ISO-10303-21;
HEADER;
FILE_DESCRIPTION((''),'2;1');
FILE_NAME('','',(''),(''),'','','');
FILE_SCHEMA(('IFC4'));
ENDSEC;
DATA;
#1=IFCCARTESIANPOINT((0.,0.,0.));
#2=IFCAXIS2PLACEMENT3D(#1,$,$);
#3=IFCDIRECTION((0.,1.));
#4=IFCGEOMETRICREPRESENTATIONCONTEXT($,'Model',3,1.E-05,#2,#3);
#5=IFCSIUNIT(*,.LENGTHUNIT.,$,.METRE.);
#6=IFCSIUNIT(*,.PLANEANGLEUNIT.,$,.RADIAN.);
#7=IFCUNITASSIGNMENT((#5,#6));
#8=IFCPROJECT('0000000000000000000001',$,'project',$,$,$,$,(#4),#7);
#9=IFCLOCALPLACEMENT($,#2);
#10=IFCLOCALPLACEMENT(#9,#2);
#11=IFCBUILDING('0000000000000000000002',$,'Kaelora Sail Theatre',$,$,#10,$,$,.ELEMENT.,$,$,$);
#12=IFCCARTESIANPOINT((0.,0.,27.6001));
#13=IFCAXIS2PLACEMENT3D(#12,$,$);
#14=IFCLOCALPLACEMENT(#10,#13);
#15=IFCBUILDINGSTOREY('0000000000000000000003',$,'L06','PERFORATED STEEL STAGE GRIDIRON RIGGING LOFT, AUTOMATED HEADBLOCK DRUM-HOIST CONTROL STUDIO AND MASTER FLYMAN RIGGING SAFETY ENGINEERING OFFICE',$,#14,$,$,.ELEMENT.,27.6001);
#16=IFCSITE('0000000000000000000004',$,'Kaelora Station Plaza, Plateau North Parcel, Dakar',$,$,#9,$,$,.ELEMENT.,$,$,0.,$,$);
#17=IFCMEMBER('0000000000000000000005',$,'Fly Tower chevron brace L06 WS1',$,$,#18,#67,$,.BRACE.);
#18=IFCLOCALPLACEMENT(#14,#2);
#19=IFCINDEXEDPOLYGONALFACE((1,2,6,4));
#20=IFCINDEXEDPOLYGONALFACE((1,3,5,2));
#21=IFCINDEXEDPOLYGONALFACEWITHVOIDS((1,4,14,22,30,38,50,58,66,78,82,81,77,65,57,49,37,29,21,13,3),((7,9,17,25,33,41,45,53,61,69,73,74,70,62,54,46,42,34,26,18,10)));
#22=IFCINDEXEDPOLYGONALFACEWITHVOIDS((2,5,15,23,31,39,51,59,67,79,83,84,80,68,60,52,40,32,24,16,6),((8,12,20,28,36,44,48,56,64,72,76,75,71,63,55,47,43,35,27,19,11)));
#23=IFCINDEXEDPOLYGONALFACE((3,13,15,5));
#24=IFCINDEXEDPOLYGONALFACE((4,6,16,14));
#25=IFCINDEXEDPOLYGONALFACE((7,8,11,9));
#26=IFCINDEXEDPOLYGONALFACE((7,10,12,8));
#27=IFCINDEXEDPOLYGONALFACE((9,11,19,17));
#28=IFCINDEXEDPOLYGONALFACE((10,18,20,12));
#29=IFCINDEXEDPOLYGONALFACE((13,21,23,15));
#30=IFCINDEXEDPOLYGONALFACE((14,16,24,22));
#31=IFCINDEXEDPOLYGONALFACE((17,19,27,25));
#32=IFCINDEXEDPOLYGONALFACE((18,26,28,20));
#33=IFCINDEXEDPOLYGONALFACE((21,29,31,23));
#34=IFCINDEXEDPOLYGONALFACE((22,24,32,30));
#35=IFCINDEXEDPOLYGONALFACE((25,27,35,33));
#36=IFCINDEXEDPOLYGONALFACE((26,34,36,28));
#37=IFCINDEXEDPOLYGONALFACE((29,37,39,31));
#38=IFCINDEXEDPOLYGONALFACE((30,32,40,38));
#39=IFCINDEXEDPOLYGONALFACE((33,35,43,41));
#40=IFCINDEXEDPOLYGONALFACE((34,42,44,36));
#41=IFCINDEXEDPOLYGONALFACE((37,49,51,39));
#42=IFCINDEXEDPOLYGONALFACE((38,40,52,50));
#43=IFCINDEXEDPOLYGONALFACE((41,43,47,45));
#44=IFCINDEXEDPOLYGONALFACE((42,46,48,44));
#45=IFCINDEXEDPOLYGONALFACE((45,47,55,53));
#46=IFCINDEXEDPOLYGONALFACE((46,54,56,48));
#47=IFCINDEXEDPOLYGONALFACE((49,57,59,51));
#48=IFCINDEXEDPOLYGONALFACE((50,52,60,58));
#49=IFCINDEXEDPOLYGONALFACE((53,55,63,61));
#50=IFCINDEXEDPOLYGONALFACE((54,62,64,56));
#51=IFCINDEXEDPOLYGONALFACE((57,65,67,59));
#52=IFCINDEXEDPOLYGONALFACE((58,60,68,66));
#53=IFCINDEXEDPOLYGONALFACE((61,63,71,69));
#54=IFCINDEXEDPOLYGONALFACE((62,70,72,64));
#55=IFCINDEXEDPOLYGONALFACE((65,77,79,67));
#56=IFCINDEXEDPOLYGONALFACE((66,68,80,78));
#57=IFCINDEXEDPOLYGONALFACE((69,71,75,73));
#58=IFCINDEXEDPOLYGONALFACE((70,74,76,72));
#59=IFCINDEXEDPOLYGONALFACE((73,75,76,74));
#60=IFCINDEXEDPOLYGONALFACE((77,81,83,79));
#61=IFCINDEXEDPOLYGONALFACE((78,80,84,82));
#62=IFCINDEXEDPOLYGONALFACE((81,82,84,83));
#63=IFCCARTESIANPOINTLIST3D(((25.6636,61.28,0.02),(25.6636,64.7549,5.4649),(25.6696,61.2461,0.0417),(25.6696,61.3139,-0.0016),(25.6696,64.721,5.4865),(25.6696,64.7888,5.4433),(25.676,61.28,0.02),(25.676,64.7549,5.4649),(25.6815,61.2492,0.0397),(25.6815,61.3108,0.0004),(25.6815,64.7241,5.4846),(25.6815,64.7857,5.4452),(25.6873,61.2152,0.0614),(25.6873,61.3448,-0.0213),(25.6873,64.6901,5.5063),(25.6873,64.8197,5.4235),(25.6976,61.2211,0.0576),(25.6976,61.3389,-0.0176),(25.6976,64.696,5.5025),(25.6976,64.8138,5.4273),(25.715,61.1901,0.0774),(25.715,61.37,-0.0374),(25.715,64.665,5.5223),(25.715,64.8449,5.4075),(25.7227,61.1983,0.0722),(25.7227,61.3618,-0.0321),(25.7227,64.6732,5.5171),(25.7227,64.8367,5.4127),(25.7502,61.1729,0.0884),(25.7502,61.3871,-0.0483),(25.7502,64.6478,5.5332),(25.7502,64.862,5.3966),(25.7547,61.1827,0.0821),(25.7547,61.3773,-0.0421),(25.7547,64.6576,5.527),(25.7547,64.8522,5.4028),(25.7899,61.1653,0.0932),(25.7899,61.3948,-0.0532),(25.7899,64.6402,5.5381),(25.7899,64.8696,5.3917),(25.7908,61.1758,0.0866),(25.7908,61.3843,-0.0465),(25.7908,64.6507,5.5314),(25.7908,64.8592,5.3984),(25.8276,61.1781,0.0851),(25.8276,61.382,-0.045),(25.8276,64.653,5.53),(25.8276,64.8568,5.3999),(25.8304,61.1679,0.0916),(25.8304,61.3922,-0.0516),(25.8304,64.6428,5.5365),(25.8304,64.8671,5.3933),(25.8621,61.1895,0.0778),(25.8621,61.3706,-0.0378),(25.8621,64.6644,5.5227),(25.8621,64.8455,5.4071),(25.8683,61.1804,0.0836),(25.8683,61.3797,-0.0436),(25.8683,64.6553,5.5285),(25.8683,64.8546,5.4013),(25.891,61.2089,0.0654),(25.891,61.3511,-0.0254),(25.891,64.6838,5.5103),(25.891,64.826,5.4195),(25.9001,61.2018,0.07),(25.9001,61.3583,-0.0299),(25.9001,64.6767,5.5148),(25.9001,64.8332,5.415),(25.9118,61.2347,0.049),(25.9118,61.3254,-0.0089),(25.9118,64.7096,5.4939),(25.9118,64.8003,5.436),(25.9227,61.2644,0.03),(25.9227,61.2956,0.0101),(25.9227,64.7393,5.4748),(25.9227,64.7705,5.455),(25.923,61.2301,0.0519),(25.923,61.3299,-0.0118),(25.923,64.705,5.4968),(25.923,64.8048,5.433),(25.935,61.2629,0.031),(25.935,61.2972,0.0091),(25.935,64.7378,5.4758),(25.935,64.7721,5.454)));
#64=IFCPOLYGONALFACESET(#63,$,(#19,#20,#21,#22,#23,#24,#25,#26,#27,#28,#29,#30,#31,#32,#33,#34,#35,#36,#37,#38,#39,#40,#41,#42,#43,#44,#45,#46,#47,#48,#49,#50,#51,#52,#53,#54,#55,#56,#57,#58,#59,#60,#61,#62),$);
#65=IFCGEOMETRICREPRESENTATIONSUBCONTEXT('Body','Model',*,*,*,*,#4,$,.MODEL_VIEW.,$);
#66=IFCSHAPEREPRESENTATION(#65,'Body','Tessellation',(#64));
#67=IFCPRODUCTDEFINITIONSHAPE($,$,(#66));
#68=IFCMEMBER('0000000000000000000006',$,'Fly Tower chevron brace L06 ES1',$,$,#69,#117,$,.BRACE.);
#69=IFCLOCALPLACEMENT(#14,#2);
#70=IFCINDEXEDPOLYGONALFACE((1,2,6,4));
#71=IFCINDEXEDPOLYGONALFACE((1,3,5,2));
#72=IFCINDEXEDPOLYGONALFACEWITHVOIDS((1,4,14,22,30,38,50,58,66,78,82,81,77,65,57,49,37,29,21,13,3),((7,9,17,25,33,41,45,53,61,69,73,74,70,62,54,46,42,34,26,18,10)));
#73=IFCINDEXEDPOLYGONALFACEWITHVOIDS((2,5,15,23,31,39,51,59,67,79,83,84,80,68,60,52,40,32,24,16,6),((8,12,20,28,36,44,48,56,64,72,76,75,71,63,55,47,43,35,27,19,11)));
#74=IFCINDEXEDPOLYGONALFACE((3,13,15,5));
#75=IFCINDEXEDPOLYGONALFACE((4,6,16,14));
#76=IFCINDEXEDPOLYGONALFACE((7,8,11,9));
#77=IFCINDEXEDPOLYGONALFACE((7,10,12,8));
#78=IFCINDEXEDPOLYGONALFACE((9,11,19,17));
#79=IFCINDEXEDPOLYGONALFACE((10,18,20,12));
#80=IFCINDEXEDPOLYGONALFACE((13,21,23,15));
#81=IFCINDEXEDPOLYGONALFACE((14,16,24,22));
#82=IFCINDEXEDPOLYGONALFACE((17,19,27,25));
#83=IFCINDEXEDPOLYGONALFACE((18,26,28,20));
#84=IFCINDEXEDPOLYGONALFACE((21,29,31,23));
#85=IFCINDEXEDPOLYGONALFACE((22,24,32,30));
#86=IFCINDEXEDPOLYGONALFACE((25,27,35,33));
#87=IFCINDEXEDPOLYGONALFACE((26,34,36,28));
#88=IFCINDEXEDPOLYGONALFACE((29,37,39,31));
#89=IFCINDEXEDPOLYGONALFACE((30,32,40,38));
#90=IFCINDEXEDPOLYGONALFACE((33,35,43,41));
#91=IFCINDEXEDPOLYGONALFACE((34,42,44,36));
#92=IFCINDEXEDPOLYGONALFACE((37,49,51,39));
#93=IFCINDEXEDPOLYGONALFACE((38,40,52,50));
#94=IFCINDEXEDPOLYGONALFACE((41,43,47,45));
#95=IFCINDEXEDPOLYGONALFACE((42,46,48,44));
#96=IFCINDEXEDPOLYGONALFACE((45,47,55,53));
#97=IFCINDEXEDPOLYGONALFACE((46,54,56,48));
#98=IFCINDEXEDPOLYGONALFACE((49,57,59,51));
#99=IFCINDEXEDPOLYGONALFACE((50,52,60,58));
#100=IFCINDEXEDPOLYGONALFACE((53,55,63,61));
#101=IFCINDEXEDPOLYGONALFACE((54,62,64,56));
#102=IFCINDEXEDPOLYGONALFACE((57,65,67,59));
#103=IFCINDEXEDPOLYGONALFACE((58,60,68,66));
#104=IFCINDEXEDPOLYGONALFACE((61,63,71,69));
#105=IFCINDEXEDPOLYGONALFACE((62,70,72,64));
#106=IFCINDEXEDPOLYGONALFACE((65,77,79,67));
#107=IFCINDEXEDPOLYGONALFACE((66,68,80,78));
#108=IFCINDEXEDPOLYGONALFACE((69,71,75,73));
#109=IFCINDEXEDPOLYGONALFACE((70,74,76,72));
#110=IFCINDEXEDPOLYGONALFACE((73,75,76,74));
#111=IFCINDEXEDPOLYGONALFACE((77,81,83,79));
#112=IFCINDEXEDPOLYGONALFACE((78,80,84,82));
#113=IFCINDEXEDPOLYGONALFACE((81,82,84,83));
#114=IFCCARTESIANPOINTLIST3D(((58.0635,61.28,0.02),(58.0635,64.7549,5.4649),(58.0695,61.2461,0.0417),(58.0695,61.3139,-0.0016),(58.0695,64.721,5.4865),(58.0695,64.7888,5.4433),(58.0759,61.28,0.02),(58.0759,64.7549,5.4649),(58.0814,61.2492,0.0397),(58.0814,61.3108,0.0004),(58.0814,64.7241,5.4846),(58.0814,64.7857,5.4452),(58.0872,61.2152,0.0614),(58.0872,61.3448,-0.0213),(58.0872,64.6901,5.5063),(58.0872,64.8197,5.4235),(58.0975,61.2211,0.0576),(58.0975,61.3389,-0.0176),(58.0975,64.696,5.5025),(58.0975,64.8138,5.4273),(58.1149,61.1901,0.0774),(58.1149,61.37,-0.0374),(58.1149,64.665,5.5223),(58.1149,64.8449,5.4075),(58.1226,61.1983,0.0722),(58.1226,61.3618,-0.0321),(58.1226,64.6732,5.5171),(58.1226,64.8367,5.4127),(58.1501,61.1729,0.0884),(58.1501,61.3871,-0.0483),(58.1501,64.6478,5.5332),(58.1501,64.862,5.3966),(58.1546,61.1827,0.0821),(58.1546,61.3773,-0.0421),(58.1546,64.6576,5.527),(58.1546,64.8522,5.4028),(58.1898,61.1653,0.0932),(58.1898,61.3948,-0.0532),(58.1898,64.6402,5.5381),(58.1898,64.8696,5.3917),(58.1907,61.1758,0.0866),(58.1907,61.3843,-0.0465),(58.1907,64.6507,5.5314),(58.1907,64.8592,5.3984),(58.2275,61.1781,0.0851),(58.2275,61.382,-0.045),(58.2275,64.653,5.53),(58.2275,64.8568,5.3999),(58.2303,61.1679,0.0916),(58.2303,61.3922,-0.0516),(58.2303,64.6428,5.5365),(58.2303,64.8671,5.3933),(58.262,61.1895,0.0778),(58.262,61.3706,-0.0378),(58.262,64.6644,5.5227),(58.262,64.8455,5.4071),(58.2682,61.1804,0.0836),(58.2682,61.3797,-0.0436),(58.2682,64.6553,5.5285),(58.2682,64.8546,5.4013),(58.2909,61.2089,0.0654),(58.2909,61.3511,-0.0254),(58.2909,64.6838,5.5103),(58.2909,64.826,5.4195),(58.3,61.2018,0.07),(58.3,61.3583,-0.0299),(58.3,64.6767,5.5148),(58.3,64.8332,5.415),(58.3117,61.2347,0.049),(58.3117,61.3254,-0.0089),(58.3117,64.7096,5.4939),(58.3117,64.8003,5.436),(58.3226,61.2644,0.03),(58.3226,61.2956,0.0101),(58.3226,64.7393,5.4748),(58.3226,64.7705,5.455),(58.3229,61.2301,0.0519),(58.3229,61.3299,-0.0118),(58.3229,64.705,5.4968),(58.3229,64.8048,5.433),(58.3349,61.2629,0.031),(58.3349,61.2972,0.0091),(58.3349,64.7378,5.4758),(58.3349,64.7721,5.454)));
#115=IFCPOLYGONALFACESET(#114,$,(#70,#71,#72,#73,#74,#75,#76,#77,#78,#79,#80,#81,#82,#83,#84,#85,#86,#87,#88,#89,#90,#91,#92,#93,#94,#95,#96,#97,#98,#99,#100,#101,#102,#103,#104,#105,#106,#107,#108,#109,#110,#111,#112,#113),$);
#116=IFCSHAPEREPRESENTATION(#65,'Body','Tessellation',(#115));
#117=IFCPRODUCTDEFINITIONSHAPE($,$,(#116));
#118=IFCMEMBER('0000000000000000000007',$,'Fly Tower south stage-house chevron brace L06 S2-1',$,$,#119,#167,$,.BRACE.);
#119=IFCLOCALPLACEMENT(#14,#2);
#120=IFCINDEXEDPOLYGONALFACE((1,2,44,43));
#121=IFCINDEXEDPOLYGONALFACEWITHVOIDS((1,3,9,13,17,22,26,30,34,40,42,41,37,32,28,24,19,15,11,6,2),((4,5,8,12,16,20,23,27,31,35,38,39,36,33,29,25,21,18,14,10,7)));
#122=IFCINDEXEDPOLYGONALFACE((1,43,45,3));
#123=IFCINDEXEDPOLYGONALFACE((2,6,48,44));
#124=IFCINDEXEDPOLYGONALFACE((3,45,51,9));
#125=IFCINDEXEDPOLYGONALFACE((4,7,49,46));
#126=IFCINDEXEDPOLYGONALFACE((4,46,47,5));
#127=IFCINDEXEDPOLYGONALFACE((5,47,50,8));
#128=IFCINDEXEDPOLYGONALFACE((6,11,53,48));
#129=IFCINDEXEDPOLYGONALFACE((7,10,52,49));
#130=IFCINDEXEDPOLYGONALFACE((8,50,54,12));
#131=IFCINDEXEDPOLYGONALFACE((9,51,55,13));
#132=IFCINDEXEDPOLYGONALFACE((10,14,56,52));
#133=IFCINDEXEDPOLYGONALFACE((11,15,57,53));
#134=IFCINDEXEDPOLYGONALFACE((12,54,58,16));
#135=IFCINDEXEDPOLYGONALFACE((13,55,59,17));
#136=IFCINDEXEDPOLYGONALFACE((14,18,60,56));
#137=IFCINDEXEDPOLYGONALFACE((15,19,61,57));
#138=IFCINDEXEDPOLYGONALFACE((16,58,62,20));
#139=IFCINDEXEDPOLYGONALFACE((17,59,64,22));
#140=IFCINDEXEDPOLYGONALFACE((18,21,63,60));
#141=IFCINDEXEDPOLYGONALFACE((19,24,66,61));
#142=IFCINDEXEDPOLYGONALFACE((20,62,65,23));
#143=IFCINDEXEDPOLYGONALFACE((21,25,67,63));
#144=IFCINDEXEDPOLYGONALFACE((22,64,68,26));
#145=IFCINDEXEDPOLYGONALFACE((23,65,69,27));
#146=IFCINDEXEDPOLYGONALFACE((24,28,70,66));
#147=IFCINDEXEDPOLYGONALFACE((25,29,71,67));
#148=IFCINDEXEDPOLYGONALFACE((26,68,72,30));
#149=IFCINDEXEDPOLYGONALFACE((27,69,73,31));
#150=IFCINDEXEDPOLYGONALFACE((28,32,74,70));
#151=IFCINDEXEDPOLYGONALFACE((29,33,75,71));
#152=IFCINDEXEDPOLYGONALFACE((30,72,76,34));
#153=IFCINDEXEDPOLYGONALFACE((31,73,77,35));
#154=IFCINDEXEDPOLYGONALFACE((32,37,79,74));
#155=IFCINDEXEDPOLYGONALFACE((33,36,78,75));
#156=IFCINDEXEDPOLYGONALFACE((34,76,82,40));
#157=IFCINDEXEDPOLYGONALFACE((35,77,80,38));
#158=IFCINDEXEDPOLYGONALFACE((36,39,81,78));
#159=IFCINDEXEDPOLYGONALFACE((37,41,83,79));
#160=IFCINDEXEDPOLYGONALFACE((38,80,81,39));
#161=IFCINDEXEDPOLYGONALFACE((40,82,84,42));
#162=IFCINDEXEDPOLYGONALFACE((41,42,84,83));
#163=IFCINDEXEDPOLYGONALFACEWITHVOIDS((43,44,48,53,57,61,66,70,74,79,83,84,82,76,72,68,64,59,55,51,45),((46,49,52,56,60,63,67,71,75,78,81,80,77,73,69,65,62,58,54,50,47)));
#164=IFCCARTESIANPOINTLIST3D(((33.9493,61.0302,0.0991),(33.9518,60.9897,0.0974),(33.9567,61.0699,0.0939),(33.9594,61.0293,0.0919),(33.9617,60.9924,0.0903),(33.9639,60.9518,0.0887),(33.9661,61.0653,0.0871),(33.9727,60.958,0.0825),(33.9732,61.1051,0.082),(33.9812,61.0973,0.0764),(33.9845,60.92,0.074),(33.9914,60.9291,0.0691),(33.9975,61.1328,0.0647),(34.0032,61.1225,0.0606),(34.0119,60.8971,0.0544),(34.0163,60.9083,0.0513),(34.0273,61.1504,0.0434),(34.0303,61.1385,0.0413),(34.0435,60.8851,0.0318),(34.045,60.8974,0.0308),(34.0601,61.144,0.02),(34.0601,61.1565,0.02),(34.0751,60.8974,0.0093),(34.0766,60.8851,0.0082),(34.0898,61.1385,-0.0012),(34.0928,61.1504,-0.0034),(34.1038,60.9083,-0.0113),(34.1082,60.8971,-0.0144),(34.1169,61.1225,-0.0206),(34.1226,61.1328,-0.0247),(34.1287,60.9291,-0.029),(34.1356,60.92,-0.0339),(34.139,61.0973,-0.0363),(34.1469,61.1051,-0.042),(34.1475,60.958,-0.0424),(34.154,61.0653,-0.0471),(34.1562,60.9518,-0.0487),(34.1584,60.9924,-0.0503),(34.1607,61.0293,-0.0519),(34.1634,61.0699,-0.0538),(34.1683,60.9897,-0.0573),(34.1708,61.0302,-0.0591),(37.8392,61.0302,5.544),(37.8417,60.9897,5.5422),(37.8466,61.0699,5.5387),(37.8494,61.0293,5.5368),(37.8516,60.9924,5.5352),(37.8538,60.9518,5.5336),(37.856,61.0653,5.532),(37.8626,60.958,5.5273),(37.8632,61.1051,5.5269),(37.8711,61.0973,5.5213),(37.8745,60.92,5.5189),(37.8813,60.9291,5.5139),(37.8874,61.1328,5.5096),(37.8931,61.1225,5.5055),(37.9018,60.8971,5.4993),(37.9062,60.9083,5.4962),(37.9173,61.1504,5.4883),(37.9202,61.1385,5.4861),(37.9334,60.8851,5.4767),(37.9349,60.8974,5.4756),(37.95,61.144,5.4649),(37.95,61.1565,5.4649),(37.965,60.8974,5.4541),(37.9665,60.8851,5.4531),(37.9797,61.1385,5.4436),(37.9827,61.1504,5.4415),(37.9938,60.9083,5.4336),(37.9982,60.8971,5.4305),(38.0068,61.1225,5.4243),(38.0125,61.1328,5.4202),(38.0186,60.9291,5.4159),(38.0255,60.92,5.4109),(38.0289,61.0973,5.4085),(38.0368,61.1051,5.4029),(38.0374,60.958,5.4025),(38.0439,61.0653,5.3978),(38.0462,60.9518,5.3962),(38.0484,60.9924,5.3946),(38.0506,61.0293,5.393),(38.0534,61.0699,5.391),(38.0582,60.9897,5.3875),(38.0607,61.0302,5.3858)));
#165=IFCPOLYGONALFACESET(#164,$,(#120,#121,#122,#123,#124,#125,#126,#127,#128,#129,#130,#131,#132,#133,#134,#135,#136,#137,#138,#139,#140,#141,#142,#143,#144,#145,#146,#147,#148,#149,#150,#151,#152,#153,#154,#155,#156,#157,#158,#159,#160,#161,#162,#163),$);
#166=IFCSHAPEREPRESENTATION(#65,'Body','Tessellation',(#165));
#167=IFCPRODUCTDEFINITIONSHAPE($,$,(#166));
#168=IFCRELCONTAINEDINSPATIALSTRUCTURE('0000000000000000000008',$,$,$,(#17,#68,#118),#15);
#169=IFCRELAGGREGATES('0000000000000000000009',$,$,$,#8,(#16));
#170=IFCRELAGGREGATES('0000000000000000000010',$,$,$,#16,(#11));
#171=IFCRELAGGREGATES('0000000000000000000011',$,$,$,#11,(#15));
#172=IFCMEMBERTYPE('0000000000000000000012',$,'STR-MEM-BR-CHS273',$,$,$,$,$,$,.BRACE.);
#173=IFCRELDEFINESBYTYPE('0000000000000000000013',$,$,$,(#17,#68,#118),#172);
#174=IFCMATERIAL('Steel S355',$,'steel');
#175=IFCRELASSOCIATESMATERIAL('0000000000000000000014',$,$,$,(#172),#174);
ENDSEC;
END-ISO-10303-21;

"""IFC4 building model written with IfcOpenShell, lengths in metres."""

from ifc_helpers import new_model, si_unit, direction, frame, origin, origin_2d, place, context, subcontext, project, spatial, hollow_circle, extrude, material, material_profile, profile_set, type_object, element, save


model = new_model("IFC4")

# Units and contexts
model_context = context("Model", 3, precision=1e-05, world=origin(), true_north=direction((0.0, 1.0)))
body_context = subcontext(model_context, "Body", "Model", "MODEL_VIEW")
ifc_project = project(units=[si_unit("LENGTHUNIT", "METRE"), si_unit("PLANEANGLEUNIT", "RADIAN")], contexts=[model_context])

# Site, building, storey
site_placement = place(None, origin())
site = spatial("IfcSite", under=ifc_project, at=site_placement, Name="Kaelora Station Plaza, Plateau North Parcel, Dakar", CompositionType="ELEMENT", RefElevation=0.0)
building_placement = place(site_placement, origin())
building = spatial("IfcBuilding", under=site, at=building_placement, Name="Kaelora Sail Theatre", CompositionType="ELEMENT")
storey_placement = place(building_placement, frame((0.0, 0.0, 27.6001)))
storey = spatial("IfcBuildingStorey", under=building, at=storey_placement, Name="L06", Description="PERFORATED STEEL STAGE GRIDIRON RIGGING LOFT, AUTOMATED HEADBLOCK DRUM-HOIST CONTROL STUDIO AND MASTER FLYMAN RIGGING SAFETY ENGINEERING OFFICE", CompositionType="ELEMENT", Elevation=27.6001)

# Members
ifc_material_1 = material(Name="Steel S355", Category="steel")
ifc_material_profile_1 = material_profile(ifc_material_1, hollow_circle(Radius=0.1365, WallThickness=0.0125, at=origin_2d()), Name="CHS 273.0x12.5")
ifc_profile_set_1 = profile_set([ifc_material_profile_1], Name="Steel S355")
member_type = type_object("IfcMemberType", Name="STR-MEM-BR-CHS273", PredefinedType="BRACE", material=ifc_profile_set_1)
for number, where, z_axis, x_axis, name in (
    (1, (25.8, 61.28, 0.02), (0.0, 0.537973, 0.842962), (-1.0, 0.0, 0.0), "Fly Tower chevron brace L06 WS1"),
    (2, (58.2, 61.28, 0.02), (0.0, 0.537973, 0.842962), (-1.0, 0.0, 0.0), "Fly Tower chevron brace L06 ES1"),
):
    element("IfcMember", number, at=place(storey_placement, frame(where, z_axis=z_axis, x_axis=x_axis)), inside=storey, type_object=member_type, Name=name, PredefinedType="BRACE", context=body_context, shape_type="SweptSolid", body=[
        extrude(hollow_circle(Radius=0.1365, WallThickness=0.0125, at=origin_2d()), origin(), (0.0, 0.0, 1.0), 6.4592),
    ])
for number, where, z_axis, x_axis, name in (
    (3, (34.0601, 61.02, 0.02), (0.581311, 0.0, 0.813682), (0.0, 1.0, 0.0), "Fly Tower south stage-house chevron brace L06 S2-1"),
):
    element("IfcMember", number, at=place(storey_placement, frame(where, z_axis=z_axis, x_axis=x_axis)), inside=storey, type_object=member_type, Name=name, PredefinedType="BRACE", context=body_context, shape_type="SweptSolid", body=[
        extrude(hollow_circle(Radius=0.1365, WallThickness=0.0125, at=origin_2d()), origin(), (0.0, 0.0, 1.0), 6.6917),
    ])

save(model, "model.ifc")
